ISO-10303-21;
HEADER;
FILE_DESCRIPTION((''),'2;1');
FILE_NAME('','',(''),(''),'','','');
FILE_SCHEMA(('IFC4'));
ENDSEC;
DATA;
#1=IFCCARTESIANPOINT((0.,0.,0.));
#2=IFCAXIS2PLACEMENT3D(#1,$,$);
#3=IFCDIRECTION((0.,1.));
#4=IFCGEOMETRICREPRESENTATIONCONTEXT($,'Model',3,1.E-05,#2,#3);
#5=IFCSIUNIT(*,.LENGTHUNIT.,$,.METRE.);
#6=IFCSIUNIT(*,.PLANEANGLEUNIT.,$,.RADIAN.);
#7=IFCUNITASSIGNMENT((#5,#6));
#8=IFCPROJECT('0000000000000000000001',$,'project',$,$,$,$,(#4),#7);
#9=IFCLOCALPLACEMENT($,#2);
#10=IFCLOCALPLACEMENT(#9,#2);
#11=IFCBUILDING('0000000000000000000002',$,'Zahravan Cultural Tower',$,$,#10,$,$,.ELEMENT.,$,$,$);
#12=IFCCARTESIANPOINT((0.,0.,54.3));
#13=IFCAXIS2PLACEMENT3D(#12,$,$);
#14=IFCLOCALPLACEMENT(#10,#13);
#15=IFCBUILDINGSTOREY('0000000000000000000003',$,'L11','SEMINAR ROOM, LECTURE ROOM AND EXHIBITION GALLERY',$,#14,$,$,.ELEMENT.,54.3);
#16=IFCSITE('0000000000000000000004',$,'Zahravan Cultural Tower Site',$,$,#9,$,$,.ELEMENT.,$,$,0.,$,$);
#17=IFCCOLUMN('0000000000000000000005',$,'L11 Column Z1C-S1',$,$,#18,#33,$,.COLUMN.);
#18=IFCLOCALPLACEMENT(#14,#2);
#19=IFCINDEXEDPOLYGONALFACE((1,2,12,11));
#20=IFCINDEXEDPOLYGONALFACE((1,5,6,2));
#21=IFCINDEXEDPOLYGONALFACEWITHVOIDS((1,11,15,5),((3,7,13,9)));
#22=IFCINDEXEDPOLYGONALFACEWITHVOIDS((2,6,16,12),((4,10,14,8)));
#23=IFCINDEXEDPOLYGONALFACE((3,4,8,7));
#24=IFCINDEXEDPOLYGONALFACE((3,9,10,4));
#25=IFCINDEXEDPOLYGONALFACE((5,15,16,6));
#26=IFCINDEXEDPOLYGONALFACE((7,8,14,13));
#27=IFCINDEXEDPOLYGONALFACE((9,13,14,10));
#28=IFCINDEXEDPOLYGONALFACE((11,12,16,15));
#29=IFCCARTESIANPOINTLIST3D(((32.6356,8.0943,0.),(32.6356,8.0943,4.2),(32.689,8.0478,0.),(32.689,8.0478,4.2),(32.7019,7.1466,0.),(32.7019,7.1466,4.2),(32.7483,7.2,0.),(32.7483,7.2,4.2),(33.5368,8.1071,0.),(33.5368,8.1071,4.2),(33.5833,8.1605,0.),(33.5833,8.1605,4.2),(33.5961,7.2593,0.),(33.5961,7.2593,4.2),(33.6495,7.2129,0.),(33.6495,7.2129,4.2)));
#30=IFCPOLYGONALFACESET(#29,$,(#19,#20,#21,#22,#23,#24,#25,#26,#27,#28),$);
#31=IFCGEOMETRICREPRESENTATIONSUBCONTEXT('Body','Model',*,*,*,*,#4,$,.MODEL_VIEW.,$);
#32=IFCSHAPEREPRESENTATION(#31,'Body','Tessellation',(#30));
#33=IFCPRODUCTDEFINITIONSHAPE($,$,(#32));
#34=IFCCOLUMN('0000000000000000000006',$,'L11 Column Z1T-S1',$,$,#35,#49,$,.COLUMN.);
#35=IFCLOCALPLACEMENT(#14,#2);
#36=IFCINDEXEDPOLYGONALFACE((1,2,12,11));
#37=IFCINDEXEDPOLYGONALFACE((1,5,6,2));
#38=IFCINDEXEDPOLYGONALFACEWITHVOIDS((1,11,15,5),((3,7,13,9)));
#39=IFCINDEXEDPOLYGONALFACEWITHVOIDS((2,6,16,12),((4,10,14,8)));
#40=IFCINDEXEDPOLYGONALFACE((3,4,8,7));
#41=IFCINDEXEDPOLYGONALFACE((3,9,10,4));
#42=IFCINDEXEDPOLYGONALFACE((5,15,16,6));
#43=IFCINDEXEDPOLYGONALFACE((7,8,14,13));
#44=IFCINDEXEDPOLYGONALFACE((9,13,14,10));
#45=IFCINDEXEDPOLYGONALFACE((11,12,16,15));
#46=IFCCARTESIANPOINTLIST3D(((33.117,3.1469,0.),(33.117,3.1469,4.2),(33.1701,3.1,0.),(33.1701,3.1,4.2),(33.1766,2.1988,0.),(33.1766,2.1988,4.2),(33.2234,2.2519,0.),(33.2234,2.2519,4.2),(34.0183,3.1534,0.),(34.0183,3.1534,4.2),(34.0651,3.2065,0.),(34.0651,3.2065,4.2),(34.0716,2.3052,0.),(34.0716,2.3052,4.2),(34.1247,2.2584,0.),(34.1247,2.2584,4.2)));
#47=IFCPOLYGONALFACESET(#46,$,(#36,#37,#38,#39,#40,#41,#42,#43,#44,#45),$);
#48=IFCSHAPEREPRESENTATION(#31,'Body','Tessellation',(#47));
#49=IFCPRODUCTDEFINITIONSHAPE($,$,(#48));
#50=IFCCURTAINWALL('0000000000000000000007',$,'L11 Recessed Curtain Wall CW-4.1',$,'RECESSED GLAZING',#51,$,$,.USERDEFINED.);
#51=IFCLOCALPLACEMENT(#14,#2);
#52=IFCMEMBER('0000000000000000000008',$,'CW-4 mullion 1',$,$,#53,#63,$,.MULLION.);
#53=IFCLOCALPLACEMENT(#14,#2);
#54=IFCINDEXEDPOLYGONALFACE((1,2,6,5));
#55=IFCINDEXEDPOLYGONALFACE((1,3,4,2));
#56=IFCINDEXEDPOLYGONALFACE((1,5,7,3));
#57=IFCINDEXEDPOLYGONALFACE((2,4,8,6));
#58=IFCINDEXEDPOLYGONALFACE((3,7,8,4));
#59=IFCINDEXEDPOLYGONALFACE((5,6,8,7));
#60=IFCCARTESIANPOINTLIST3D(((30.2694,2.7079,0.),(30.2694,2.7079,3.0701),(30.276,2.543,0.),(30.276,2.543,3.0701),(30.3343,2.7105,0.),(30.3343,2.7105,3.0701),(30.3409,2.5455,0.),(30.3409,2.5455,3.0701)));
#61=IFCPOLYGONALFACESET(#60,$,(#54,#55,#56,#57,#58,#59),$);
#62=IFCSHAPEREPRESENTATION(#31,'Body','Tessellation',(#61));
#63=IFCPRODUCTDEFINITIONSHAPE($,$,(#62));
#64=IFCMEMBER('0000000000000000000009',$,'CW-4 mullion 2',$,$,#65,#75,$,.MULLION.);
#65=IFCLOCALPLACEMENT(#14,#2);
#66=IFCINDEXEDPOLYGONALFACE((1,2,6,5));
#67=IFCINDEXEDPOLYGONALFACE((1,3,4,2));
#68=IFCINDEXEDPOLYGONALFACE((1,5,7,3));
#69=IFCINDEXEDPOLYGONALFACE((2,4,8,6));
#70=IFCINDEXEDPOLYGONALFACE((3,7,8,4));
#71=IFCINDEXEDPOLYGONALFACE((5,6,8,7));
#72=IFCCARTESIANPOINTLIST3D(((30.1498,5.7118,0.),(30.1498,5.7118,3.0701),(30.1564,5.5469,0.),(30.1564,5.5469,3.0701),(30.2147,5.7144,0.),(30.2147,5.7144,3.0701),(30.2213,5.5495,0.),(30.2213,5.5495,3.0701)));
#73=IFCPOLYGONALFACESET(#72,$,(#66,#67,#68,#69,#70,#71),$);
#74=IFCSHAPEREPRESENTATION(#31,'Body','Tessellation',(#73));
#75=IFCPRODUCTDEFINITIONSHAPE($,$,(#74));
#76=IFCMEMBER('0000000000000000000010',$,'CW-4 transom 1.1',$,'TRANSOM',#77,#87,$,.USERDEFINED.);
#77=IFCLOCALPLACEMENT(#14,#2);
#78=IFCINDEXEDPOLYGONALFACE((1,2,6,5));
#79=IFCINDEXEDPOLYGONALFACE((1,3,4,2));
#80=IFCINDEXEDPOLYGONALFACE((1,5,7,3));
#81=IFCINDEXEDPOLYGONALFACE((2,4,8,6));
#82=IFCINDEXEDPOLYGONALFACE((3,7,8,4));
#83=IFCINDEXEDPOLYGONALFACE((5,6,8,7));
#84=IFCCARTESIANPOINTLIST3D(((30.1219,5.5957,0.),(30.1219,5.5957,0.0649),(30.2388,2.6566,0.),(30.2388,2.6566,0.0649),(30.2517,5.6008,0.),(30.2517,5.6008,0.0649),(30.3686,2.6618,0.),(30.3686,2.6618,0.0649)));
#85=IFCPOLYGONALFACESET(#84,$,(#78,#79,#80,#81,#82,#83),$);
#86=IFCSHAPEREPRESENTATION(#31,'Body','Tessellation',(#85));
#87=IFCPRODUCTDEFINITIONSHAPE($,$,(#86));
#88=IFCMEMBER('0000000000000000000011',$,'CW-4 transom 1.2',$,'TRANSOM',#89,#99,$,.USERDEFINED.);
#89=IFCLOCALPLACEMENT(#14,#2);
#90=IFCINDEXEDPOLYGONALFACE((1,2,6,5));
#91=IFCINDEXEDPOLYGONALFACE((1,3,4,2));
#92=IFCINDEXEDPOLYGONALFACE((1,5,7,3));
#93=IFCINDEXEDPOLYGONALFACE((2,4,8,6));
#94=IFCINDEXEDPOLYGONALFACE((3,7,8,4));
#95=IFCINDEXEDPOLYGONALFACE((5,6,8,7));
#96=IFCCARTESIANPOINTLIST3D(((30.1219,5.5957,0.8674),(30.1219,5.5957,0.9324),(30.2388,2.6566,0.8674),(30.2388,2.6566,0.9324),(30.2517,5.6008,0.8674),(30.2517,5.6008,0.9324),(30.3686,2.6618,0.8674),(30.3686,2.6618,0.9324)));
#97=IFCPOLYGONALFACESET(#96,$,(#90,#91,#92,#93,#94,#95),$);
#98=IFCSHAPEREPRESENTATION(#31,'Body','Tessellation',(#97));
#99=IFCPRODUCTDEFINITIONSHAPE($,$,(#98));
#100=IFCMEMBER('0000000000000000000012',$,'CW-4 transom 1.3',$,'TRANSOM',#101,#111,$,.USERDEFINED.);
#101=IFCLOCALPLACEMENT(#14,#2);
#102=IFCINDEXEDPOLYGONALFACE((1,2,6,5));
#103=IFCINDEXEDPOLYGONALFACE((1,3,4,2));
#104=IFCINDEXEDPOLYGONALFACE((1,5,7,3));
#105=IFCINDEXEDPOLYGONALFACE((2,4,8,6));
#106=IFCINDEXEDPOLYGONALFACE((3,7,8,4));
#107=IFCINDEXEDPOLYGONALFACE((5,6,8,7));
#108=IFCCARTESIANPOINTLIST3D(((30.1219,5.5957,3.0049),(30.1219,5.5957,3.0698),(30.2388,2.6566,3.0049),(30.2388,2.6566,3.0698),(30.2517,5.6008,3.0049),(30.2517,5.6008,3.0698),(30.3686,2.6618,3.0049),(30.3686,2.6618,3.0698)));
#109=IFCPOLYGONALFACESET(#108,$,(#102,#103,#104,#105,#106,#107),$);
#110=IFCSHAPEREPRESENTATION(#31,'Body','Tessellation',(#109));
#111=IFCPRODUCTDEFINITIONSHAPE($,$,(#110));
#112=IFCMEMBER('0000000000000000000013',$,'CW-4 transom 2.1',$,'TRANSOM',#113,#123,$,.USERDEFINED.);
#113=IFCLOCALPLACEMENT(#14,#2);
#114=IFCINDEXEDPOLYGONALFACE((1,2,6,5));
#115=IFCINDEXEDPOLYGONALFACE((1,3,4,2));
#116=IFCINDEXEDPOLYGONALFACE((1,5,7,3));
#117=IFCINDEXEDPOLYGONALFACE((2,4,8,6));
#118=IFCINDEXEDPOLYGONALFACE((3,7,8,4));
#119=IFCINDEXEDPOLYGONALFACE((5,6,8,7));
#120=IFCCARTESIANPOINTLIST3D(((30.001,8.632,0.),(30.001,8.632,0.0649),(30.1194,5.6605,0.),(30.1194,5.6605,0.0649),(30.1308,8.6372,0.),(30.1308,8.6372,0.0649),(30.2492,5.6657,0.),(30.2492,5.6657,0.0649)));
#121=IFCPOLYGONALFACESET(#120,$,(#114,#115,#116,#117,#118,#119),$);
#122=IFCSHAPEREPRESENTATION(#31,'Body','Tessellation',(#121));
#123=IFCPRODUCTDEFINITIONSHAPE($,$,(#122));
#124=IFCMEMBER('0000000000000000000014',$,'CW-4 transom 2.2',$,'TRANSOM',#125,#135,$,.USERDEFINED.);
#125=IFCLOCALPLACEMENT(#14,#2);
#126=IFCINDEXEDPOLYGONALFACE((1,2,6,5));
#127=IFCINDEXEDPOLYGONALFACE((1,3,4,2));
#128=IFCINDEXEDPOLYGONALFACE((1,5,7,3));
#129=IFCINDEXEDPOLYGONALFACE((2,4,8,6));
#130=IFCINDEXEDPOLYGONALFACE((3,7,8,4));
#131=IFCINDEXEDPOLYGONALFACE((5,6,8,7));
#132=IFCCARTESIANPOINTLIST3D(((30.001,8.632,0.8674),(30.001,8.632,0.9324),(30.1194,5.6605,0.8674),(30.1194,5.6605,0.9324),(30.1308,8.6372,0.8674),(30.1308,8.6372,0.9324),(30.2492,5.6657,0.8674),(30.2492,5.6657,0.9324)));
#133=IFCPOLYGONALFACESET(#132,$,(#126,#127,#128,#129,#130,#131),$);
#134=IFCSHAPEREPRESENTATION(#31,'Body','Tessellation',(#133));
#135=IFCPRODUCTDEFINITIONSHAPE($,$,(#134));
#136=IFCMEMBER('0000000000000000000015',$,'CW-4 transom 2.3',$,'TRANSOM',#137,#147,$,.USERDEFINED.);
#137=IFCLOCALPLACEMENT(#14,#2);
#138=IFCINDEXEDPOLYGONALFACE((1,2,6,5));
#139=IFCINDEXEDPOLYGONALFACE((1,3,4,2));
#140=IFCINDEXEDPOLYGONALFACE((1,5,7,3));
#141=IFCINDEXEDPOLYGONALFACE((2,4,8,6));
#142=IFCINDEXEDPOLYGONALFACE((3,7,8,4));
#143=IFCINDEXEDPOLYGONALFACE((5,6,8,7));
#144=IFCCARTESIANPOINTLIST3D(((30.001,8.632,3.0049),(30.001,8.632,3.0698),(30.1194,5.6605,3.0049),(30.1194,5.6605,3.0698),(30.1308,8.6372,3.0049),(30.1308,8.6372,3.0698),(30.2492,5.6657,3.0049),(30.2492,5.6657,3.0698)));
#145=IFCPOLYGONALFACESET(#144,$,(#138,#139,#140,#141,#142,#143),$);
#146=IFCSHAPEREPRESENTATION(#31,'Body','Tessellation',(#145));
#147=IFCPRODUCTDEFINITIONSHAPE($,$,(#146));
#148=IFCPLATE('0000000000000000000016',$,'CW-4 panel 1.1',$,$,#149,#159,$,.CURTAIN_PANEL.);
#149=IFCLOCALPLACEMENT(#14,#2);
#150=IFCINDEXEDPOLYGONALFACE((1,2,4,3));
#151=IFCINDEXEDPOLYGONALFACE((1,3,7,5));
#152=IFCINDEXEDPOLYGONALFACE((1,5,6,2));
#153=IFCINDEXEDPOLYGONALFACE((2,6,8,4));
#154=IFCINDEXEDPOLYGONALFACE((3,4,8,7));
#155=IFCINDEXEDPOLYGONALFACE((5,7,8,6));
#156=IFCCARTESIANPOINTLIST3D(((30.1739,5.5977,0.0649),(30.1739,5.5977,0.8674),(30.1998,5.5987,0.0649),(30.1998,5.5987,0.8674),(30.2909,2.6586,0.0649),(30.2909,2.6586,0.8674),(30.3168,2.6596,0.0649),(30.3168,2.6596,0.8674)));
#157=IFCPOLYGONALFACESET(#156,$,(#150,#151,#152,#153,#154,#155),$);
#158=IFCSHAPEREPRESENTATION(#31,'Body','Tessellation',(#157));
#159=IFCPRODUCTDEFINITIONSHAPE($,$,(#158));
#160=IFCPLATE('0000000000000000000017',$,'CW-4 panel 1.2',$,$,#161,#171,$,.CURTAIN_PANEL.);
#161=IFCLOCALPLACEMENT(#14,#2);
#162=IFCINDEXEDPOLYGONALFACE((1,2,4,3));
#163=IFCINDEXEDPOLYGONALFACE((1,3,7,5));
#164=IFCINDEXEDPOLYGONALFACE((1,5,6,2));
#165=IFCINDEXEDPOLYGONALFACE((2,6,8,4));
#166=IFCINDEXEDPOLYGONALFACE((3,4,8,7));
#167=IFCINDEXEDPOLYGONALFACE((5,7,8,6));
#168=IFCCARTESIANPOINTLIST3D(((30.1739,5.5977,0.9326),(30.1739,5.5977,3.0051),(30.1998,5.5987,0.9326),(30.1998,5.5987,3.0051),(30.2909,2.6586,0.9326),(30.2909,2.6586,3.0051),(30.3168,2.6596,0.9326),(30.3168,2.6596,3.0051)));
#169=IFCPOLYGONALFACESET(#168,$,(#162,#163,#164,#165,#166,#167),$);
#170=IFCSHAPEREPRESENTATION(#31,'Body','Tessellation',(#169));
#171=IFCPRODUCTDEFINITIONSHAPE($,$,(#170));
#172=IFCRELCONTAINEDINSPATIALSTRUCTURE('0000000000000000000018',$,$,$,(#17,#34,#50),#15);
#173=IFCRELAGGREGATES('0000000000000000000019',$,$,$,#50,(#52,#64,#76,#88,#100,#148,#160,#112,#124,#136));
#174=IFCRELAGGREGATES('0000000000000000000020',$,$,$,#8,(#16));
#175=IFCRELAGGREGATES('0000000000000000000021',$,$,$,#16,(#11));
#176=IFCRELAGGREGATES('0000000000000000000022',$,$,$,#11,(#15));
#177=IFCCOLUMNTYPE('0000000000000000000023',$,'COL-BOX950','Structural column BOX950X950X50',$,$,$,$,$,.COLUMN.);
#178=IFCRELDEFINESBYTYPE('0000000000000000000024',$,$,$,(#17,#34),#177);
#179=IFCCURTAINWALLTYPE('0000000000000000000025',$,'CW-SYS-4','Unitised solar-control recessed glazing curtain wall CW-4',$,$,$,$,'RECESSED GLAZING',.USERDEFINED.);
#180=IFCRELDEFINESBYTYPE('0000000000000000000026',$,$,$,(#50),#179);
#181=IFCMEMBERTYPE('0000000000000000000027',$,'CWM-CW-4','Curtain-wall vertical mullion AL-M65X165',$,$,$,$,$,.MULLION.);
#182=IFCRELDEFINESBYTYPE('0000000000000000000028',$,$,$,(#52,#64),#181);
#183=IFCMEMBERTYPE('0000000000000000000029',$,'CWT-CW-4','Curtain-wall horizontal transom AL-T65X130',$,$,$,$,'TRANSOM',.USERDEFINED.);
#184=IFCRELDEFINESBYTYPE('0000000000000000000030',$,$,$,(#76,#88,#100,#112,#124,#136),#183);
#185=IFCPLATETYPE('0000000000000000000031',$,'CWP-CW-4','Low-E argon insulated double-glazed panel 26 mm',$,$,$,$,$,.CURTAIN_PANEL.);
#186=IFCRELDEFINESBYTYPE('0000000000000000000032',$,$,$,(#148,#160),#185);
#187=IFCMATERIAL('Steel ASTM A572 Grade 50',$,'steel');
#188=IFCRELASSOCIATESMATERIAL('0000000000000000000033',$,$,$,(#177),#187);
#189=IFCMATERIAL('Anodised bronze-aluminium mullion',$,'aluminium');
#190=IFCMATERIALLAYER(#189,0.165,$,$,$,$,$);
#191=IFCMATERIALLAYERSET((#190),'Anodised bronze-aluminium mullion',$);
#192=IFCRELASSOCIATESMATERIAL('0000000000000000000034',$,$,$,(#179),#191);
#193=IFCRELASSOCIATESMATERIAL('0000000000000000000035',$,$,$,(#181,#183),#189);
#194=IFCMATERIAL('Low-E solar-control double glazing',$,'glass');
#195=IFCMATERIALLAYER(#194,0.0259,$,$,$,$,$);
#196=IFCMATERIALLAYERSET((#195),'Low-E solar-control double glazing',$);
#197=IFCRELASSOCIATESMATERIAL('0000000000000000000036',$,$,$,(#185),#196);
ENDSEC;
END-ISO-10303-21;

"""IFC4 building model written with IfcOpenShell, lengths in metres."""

from ifc_helpers import new_model, si_unit, direction, frame, origin, origin_2d, place, context, subcontext, project, spatial, rectangle, hollow_rectangle, extrude, source, transform, mapped, material, layer, layer_set, material_profile, profile_set, type_object, element, aggregate, save


model = new_model("IFC4")

# Units and contexts
model_context = context("Model", 3, precision=1e-05, world=origin(), true_north=direction((0.0, 1.0)))
body_context = subcontext(model_context, "Body", "Model", "MODEL_VIEW")
ifc_project = project(units=[si_unit("LENGTHUNIT", "METRE"), si_unit("PLANEANGLEUNIT", "RADIAN")], contexts=[model_context])

# Site, building, storey
site_placement = place(None, origin())
site = spatial("IfcSite", under=ifc_project, at=site_placement, Name="Zahravan Cultural Tower Site", CompositionType="ELEMENT", RefElevation=0.0)
building_placement = place(site_placement, origin())
building = spatial("IfcBuilding", under=site, at=building_placement, Name="Zahravan Cultural Tower", CompositionType="ELEMENT")
storey_placement = place(building_placement, frame((0.0, 0.0, 54.3)))
storey = spatial("IfcBuildingStorey", under=building, at=storey_placement, Name="L11", Description="SEMINAR ROOM, LECTURE ROOM AND EXHIBITION GALLERY", CompositionType="ELEMENT", Elevation=54.3)

# Columns
ifc_material_1 = material(Name="Steel ASTM A572 Grade 50", Category="steel")
ifc_material_profile_1 = material_profile(ifc_material_1, hollow_rectangle(XDim=0.95, YDim=0.95, WallThickness=0.05, at=origin_2d()), Name="BOX950X950X50")
ifc_profile_set_1 = profile_set([ifc_material_profile_1], Name="Steel ASTM A572 Grade 50")
column_type = type_object("IfcColumnType", Name="COL-BOX950", Description="Structural column BOX950X950X50", PredefinedType="COLUMN", material=ifc_profile_set_1)
shared_shape_1 = source(origin(), body_context, "Body", "SweptSolid", [
    extrude(hollow_rectangle(XDim=0.95, YDim=0.95, WallThickness=0.05, at=origin_2d()), origin(), (0.0, 0.0, 1.0), 4.2),
])
for number, where, z_axis, x_axis, name in (
    (1, (33.1426, 7.6536, 0.0), (0.0, 0.0, 1.0), (-0.069756, 0.997564, 0.0), "L11 Column Z1C-S1"),
    (2, (33.6208, 2.7026, 0.0), (0.0, 0.0, 1.0), (-0.062791, 0.998027, 0.0), "L11 Column Z1T-S1"),
):
    element("IfcColumn", number, at=place(storey_placement, frame(where, z_axis=z_axis, x_axis=x_axis)), inside=storey, type_object=column_type, Name=name, PredefinedType="COLUMN", context=body_context, shape_type="MappedRepresentation", body=[
        mapped(shared_shape_1, transform((0.0, 0.0, 0.0), x_axis=(1.0, 0.0, 0.0), y_axis=(0.0, 1.0, 0.0), z_axis=(0.0, 0.0, 1.0), scale=1.0)),
    ])

# Curtain wall, members, plates
ifc_material_2 = material(Name="Anodised bronze-aluminium mullion", Category="aluminium")
ifc_layer_1 = layer(ifc_material_2, 0.165)
ifc_layer_set_1 = layer_set([ifc_layer_1], Name="Anodised bronze-aluminium mullion")
curtain_wall_type = type_object("IfcCurtainWallType", Name="CW-SYS-4", Description="Unitised solar-control recessed glazing curtain wall CW-4", ElementType="RECESSED GLAZING", PredefinedType="USERDEFINED", material=ifc_layer_set_1)
curtain_wall_placement = place(storey_placement, origin())
curtain_wall = element("IfcCurtainWall", 3, at=curtain_wall_placement, inside=storey, type_object=curtain_wall_type, Name="L11 Recessed Curtain Wall CW-4.1", ObjectType="RECESSED GLAZING", PredefinedType="USERDEFINED")
ifc_material_profile_2 = material_profile(ifc_material_2, rectangle(XDim=0.0649, YDim=0.165, at=origin_2d()), Name="AL-M65X165")
ifc_profile_set_2 = profile_set([ifc_material_profile_2], Name="Anodised bronze-aluminium mullion")
member_type_1 = type_object("IfcMemberType", Name="CWM-CW-4", Description="Curtain-wall vertical mullion AL-M65X165", PredefinedType="MULLION", material=ifc_profile_set_2)
shared_shape_2 = source(origin(), body_context, "Body", "SweptSolid", [
    extrude(rectangle(XDim=0.0649, YDim=0.165, at=origin_2d()), origin(), (0.0, 0.0, 1.0), 3.0701),
])
member_1_placement = place(storey_placement, frame((30.3052, 2.6267, 0.0), z_axis=(0.0, 0.0, 1.0), x_axis=(-0.999208, -0.039785, 0.0)))
member_1 = element("IfcMember", 4, at=member_1_placement, type_object=member_type_1, Name="CW-4 mullion 1", PredefinedType="MULLION", context=body_context, shape_type="MappedRepresentation", body=[
    mapped(shared_shape_2, transform((0.0, 0.0, 0.0), x_axis=(1.0, 0.0, 0.0), y_axis=(0.0, 1.0, 0.0), z_axis=(0.0, 0.0, 1.0), scale=1.0)),
])
member_2_placement = place(storey_placement, frame((30.1855, 5.6306, 0.0), z_axis=(0.0, 0.0, 1.0), x_axis=(-0.999208, -0.039785, 0.0)))
member_2 = element("IfcMember", 5, at=member_2_placement, type_object=member_type_1, Name="CW-4 mullion 2", PredefinedType="MULLION", context=body_context, shape_type="MappedRepresentation", body=[
    mapped(shared_shape_2, transform((0.0, 0.0, 0.0), x_axis=(1.0, 0.0, 0.0), y_axis=(0.0, 1.0, 0.0), z_axis=(0.0, 0.0, 1.0), scale=1.0)),
])
ifc_material_profile_3 = material_profile(ifc_material_2, rectangle(XDim=0.1299, YDim=0.0649, at=origin_2d()), Name="AL-T65X130")
ifc_profile_set_3 = profile_set([ifc_material_profile_3], Name="Anodised bronze-aluminium mullion")
member_type_2 = type_object("IfcMemberType", Name="CWT-CW-4", Description="Curtain-wall horizontal transom AL-T65X130", ElementType="TRANSOM", PredefinedType="USERDEFINED", material=ifc_profile_set_3)
shared_shape_3 = source(origin(), body_context, "Body", "SweptSolid", [
    extrude(rectangle(XDim=0.1299, YDim=0.0649, at=origin_2d()), origin(), (0.0, 0.0, 1.0), 2.9414),
])
member_3_placement = place(storey_placement, frame((30.3037, 2.6592, 0.0325), z_axis=(-0.039759, 0.999209, 0.0), x_axis=(-0.999209, -0.039759, 0.0)))
member_3 = element("IfcMember", 6, at=member_3_placement, type_object=member_type_2, Name="CW-4 transom 1.1", ObjectType="TRANSOM", PredefinedType="USERDEFINED", context=body_context, shape_type="MappedRepresentation", body=[
    mapped(shared_shape_3, transform((0.0, 0.0, 0.0), x_axis=(1.0, 0.0, 0.0), y_axis=(0.0, 1.0, 0.0), z_axis=(0.0, 0.0, 1.0), scale=1.0)),
])
member_4_placement = place(storey_placement, frame((30.3037, 2.6592, 0.8999), z_axis=(-0.039759, 0.999209, 0.0), x_axis=(-0.999209, -0.039759, 0.0)))
member_4 = element("IfcMember", 7, at=member_4_placement, type_object=member_type_2, Name="CW-4 transom 1.2", ObjectType="TRANSOM", PredefinedType="USERDEFINED", context=body_context, shape_type="MappedRepresentation", body=[
    mapped(shared_shape_3, transform((0.0, 0.0, 0.0), x_axis=(1.0, 0.0, 0.0), y_axis=(0.0, 1.0, 0.0), z_axis=(0.0, 0.0, 1.0), scale=1.0)),
])
member_5_placement = place(storey_placement, frame((30.3037, 2.6592, 3.0374), z_axis=(-0.039759, 0.999209, 0.0), x_axis=(-0.999209, -0.039759, 0.0)))
member_5 = element("IfcMember", 8, at=member_5_placement, type_object=member_type_2, Name="CW-4 transom 1.3", ObjectType="TRANSOM", PredefinedType="USERDEFINED", context=body_context, shape_type="MappedRepresentation", body=[
    mapped(shared_shape_3, transform((0.0, 0.0, 0.0), x_axis=(1.0, 0.0, 0.0), y_axis=(0.0, 1.0, 0.0), z_axis=(0.0, 0.0, 1.0), scale=1.0)),
])
shared_shape_4 = source(origin(), body_context, "Body", "SweptSolid", [
    extrude(rectangle(XDim=0.1299, YDim=0.0649, at=origin_2d()), origin(), (0.0, 0.0, 1.0), 2.9739),
])
member_6_placement = place(storey_placement, frame((30.1843, 5.6631, 0.0325), z_axis=(-0.039817, 0.999207, 0.0), x_axis=(-0.999207, -0.039817, 0.0)))
member_6 = element("IfcMember", 9, at=member_6_placement, type_object=member_type_2, Name="CW-4 transom 2.1", ObjectType="TRANSOM", PredefinedType="USERDEFINED", context=body_context, shape_type="MappedRepresentation", body=[
    mapped(shared_shape_4, transform((0.0, 0.0, 0.0), x_axis=(1.0, 0.0, 0.0), y_axis=(0.0, 1.0, 0.0), z_axis=(0.0, 0.0, 1.0), scale=1.0)),
])
member_7_placement = place(storey_placement, frame((30.1843, 5.6631, 0.8999), z_axis=(-0.039817, 0.999207, 0.0), x_axis=(-0.999207, -0.039817, 0.0)))
member_7 = element("IfcMember", 10, at=member_7_placement, type_object=member_type_2, Name="CW-4 transom 2.2", ObjectType="TRANSOM", PredefinedType="USERDEFINED", context=body_context, shape_type="MappedRepresentation", body=[
    mapped(shared_shape_4, transform((0.0, 0.0, 0.0), x_axis=(1.0, 0.0, 0.0), y_axis=(0.0, 1.0, 0.0), z_axis=(0.0, 0.0, 1.0), scale=1.0)),
])
member_8_placement = place(storey_placement, frame((30.1843, 5.6631, 3.0374), z_axis=(-0.039817, 0.999207, 0.0), x_axis=(-0.999207, -0.039817, 0.0)))
member_8 = element("IfcMember", 11, at=member_8_placement, type_object=member_type_2, Name="CW-4 transom 2.3", ObjectType="TRANSOM", PredefinedType="USERDEFINED", context=body_context, shape_type="MappedRepresentation", body=[
    mapped(shared_shape_4, transform((0.0, 0.0, 0.0), x_axis=(1.0, 0.0, 0.0), y_axis=(0.0, 1.0, 0.0), z_axis=(0.0, 0.0, 1.0), scale=1.0)),
])
ifc_material_3 = material(Name="Low-E solar-control double glazing", Category="glass")
ifc_layer_2 = layer(ifc_material_3, 0.0259)
ifc_layer_set_2 = layer_set([ifc_layer_2], Name="Low-E solar-control double glazing")
plate_type = type_object("IfcPlateType", Name="CWP-CW-4", Description="Low-E argon insulated double-glazed panel 26 mm", PredefinedType="CURTAIN_PANEL", material=ifc_layer_set_2)
shared_shape_5 = source(origin(), body_context, "Body", "SweptSolid", [
    extrude(rectangle(XDim=2.9414, YDim=0.0259, at=origin_2d()), origin(), (0.0, 0.0, 1.0), 0.8025),
])
plate_1_placement = place(storey_placement, frame((30.2454, 4.1287, 0.0649), z_axis=(0.0, 0.0, 1.0), x_axis=(-0.039785, 0.999208, 0.0)))
plate_1 = element("IfcPlate", 12, at=plate_1_placement, type_object=plate_type, Name="CW-4 panel 1.1", PredefinedType="CURTAIN_PANEL", context=body_context, shape_type="MappedRepresentation", body=[
    mapped(shared_shape_5, transform((0.0, 0.0, 0.0), x_axis=(1.0, 0.0, 0.0), y_axis=(0.0, 1.0, 0.0), z_axis=(0.0, 0.0, 1.0), scale=1.0)),
])
shared_shape_6 = source(origin(), body_context, "Body", "SweptSolid", [
    extrude(rectangle(XDim=2.9414, YDim=0.0259, at=origin_2d()), origin(), (0.0, 0.0, 1.0), 2.0725),
])
plate_2_placement = place(storey_placement, frame((30.2454, 4.1287, 0.9326), z_axis=(0.0, 0.0, 1.0), x_axis=(-0.039785, 0.999208, 0.0)))
plate_2 = element("IfcPlate", 13, at=plate_2_placement, type_object=plate_type, Name="CW-4 panel 1.2", PredefinedType="CURTAIN_PANEL", context=body_context, shape_type="MappedRepresentation", body=[
    mapped(shared_shape_6, transform((0.0, 0.0, 0.0), x_axis=(1.0, 0.0, 0.0), y_axis=(0.0, 1.0, 0.0), z_axis=(0.0, 0.0, 1.0), scale=1.0)),
])
aggregate(curtain_wall, [member_1, member_2, member_3, member_4, member_5, plate_1, plate_2, member_6, member_7, member_8])

save(model, "model.ifc")
